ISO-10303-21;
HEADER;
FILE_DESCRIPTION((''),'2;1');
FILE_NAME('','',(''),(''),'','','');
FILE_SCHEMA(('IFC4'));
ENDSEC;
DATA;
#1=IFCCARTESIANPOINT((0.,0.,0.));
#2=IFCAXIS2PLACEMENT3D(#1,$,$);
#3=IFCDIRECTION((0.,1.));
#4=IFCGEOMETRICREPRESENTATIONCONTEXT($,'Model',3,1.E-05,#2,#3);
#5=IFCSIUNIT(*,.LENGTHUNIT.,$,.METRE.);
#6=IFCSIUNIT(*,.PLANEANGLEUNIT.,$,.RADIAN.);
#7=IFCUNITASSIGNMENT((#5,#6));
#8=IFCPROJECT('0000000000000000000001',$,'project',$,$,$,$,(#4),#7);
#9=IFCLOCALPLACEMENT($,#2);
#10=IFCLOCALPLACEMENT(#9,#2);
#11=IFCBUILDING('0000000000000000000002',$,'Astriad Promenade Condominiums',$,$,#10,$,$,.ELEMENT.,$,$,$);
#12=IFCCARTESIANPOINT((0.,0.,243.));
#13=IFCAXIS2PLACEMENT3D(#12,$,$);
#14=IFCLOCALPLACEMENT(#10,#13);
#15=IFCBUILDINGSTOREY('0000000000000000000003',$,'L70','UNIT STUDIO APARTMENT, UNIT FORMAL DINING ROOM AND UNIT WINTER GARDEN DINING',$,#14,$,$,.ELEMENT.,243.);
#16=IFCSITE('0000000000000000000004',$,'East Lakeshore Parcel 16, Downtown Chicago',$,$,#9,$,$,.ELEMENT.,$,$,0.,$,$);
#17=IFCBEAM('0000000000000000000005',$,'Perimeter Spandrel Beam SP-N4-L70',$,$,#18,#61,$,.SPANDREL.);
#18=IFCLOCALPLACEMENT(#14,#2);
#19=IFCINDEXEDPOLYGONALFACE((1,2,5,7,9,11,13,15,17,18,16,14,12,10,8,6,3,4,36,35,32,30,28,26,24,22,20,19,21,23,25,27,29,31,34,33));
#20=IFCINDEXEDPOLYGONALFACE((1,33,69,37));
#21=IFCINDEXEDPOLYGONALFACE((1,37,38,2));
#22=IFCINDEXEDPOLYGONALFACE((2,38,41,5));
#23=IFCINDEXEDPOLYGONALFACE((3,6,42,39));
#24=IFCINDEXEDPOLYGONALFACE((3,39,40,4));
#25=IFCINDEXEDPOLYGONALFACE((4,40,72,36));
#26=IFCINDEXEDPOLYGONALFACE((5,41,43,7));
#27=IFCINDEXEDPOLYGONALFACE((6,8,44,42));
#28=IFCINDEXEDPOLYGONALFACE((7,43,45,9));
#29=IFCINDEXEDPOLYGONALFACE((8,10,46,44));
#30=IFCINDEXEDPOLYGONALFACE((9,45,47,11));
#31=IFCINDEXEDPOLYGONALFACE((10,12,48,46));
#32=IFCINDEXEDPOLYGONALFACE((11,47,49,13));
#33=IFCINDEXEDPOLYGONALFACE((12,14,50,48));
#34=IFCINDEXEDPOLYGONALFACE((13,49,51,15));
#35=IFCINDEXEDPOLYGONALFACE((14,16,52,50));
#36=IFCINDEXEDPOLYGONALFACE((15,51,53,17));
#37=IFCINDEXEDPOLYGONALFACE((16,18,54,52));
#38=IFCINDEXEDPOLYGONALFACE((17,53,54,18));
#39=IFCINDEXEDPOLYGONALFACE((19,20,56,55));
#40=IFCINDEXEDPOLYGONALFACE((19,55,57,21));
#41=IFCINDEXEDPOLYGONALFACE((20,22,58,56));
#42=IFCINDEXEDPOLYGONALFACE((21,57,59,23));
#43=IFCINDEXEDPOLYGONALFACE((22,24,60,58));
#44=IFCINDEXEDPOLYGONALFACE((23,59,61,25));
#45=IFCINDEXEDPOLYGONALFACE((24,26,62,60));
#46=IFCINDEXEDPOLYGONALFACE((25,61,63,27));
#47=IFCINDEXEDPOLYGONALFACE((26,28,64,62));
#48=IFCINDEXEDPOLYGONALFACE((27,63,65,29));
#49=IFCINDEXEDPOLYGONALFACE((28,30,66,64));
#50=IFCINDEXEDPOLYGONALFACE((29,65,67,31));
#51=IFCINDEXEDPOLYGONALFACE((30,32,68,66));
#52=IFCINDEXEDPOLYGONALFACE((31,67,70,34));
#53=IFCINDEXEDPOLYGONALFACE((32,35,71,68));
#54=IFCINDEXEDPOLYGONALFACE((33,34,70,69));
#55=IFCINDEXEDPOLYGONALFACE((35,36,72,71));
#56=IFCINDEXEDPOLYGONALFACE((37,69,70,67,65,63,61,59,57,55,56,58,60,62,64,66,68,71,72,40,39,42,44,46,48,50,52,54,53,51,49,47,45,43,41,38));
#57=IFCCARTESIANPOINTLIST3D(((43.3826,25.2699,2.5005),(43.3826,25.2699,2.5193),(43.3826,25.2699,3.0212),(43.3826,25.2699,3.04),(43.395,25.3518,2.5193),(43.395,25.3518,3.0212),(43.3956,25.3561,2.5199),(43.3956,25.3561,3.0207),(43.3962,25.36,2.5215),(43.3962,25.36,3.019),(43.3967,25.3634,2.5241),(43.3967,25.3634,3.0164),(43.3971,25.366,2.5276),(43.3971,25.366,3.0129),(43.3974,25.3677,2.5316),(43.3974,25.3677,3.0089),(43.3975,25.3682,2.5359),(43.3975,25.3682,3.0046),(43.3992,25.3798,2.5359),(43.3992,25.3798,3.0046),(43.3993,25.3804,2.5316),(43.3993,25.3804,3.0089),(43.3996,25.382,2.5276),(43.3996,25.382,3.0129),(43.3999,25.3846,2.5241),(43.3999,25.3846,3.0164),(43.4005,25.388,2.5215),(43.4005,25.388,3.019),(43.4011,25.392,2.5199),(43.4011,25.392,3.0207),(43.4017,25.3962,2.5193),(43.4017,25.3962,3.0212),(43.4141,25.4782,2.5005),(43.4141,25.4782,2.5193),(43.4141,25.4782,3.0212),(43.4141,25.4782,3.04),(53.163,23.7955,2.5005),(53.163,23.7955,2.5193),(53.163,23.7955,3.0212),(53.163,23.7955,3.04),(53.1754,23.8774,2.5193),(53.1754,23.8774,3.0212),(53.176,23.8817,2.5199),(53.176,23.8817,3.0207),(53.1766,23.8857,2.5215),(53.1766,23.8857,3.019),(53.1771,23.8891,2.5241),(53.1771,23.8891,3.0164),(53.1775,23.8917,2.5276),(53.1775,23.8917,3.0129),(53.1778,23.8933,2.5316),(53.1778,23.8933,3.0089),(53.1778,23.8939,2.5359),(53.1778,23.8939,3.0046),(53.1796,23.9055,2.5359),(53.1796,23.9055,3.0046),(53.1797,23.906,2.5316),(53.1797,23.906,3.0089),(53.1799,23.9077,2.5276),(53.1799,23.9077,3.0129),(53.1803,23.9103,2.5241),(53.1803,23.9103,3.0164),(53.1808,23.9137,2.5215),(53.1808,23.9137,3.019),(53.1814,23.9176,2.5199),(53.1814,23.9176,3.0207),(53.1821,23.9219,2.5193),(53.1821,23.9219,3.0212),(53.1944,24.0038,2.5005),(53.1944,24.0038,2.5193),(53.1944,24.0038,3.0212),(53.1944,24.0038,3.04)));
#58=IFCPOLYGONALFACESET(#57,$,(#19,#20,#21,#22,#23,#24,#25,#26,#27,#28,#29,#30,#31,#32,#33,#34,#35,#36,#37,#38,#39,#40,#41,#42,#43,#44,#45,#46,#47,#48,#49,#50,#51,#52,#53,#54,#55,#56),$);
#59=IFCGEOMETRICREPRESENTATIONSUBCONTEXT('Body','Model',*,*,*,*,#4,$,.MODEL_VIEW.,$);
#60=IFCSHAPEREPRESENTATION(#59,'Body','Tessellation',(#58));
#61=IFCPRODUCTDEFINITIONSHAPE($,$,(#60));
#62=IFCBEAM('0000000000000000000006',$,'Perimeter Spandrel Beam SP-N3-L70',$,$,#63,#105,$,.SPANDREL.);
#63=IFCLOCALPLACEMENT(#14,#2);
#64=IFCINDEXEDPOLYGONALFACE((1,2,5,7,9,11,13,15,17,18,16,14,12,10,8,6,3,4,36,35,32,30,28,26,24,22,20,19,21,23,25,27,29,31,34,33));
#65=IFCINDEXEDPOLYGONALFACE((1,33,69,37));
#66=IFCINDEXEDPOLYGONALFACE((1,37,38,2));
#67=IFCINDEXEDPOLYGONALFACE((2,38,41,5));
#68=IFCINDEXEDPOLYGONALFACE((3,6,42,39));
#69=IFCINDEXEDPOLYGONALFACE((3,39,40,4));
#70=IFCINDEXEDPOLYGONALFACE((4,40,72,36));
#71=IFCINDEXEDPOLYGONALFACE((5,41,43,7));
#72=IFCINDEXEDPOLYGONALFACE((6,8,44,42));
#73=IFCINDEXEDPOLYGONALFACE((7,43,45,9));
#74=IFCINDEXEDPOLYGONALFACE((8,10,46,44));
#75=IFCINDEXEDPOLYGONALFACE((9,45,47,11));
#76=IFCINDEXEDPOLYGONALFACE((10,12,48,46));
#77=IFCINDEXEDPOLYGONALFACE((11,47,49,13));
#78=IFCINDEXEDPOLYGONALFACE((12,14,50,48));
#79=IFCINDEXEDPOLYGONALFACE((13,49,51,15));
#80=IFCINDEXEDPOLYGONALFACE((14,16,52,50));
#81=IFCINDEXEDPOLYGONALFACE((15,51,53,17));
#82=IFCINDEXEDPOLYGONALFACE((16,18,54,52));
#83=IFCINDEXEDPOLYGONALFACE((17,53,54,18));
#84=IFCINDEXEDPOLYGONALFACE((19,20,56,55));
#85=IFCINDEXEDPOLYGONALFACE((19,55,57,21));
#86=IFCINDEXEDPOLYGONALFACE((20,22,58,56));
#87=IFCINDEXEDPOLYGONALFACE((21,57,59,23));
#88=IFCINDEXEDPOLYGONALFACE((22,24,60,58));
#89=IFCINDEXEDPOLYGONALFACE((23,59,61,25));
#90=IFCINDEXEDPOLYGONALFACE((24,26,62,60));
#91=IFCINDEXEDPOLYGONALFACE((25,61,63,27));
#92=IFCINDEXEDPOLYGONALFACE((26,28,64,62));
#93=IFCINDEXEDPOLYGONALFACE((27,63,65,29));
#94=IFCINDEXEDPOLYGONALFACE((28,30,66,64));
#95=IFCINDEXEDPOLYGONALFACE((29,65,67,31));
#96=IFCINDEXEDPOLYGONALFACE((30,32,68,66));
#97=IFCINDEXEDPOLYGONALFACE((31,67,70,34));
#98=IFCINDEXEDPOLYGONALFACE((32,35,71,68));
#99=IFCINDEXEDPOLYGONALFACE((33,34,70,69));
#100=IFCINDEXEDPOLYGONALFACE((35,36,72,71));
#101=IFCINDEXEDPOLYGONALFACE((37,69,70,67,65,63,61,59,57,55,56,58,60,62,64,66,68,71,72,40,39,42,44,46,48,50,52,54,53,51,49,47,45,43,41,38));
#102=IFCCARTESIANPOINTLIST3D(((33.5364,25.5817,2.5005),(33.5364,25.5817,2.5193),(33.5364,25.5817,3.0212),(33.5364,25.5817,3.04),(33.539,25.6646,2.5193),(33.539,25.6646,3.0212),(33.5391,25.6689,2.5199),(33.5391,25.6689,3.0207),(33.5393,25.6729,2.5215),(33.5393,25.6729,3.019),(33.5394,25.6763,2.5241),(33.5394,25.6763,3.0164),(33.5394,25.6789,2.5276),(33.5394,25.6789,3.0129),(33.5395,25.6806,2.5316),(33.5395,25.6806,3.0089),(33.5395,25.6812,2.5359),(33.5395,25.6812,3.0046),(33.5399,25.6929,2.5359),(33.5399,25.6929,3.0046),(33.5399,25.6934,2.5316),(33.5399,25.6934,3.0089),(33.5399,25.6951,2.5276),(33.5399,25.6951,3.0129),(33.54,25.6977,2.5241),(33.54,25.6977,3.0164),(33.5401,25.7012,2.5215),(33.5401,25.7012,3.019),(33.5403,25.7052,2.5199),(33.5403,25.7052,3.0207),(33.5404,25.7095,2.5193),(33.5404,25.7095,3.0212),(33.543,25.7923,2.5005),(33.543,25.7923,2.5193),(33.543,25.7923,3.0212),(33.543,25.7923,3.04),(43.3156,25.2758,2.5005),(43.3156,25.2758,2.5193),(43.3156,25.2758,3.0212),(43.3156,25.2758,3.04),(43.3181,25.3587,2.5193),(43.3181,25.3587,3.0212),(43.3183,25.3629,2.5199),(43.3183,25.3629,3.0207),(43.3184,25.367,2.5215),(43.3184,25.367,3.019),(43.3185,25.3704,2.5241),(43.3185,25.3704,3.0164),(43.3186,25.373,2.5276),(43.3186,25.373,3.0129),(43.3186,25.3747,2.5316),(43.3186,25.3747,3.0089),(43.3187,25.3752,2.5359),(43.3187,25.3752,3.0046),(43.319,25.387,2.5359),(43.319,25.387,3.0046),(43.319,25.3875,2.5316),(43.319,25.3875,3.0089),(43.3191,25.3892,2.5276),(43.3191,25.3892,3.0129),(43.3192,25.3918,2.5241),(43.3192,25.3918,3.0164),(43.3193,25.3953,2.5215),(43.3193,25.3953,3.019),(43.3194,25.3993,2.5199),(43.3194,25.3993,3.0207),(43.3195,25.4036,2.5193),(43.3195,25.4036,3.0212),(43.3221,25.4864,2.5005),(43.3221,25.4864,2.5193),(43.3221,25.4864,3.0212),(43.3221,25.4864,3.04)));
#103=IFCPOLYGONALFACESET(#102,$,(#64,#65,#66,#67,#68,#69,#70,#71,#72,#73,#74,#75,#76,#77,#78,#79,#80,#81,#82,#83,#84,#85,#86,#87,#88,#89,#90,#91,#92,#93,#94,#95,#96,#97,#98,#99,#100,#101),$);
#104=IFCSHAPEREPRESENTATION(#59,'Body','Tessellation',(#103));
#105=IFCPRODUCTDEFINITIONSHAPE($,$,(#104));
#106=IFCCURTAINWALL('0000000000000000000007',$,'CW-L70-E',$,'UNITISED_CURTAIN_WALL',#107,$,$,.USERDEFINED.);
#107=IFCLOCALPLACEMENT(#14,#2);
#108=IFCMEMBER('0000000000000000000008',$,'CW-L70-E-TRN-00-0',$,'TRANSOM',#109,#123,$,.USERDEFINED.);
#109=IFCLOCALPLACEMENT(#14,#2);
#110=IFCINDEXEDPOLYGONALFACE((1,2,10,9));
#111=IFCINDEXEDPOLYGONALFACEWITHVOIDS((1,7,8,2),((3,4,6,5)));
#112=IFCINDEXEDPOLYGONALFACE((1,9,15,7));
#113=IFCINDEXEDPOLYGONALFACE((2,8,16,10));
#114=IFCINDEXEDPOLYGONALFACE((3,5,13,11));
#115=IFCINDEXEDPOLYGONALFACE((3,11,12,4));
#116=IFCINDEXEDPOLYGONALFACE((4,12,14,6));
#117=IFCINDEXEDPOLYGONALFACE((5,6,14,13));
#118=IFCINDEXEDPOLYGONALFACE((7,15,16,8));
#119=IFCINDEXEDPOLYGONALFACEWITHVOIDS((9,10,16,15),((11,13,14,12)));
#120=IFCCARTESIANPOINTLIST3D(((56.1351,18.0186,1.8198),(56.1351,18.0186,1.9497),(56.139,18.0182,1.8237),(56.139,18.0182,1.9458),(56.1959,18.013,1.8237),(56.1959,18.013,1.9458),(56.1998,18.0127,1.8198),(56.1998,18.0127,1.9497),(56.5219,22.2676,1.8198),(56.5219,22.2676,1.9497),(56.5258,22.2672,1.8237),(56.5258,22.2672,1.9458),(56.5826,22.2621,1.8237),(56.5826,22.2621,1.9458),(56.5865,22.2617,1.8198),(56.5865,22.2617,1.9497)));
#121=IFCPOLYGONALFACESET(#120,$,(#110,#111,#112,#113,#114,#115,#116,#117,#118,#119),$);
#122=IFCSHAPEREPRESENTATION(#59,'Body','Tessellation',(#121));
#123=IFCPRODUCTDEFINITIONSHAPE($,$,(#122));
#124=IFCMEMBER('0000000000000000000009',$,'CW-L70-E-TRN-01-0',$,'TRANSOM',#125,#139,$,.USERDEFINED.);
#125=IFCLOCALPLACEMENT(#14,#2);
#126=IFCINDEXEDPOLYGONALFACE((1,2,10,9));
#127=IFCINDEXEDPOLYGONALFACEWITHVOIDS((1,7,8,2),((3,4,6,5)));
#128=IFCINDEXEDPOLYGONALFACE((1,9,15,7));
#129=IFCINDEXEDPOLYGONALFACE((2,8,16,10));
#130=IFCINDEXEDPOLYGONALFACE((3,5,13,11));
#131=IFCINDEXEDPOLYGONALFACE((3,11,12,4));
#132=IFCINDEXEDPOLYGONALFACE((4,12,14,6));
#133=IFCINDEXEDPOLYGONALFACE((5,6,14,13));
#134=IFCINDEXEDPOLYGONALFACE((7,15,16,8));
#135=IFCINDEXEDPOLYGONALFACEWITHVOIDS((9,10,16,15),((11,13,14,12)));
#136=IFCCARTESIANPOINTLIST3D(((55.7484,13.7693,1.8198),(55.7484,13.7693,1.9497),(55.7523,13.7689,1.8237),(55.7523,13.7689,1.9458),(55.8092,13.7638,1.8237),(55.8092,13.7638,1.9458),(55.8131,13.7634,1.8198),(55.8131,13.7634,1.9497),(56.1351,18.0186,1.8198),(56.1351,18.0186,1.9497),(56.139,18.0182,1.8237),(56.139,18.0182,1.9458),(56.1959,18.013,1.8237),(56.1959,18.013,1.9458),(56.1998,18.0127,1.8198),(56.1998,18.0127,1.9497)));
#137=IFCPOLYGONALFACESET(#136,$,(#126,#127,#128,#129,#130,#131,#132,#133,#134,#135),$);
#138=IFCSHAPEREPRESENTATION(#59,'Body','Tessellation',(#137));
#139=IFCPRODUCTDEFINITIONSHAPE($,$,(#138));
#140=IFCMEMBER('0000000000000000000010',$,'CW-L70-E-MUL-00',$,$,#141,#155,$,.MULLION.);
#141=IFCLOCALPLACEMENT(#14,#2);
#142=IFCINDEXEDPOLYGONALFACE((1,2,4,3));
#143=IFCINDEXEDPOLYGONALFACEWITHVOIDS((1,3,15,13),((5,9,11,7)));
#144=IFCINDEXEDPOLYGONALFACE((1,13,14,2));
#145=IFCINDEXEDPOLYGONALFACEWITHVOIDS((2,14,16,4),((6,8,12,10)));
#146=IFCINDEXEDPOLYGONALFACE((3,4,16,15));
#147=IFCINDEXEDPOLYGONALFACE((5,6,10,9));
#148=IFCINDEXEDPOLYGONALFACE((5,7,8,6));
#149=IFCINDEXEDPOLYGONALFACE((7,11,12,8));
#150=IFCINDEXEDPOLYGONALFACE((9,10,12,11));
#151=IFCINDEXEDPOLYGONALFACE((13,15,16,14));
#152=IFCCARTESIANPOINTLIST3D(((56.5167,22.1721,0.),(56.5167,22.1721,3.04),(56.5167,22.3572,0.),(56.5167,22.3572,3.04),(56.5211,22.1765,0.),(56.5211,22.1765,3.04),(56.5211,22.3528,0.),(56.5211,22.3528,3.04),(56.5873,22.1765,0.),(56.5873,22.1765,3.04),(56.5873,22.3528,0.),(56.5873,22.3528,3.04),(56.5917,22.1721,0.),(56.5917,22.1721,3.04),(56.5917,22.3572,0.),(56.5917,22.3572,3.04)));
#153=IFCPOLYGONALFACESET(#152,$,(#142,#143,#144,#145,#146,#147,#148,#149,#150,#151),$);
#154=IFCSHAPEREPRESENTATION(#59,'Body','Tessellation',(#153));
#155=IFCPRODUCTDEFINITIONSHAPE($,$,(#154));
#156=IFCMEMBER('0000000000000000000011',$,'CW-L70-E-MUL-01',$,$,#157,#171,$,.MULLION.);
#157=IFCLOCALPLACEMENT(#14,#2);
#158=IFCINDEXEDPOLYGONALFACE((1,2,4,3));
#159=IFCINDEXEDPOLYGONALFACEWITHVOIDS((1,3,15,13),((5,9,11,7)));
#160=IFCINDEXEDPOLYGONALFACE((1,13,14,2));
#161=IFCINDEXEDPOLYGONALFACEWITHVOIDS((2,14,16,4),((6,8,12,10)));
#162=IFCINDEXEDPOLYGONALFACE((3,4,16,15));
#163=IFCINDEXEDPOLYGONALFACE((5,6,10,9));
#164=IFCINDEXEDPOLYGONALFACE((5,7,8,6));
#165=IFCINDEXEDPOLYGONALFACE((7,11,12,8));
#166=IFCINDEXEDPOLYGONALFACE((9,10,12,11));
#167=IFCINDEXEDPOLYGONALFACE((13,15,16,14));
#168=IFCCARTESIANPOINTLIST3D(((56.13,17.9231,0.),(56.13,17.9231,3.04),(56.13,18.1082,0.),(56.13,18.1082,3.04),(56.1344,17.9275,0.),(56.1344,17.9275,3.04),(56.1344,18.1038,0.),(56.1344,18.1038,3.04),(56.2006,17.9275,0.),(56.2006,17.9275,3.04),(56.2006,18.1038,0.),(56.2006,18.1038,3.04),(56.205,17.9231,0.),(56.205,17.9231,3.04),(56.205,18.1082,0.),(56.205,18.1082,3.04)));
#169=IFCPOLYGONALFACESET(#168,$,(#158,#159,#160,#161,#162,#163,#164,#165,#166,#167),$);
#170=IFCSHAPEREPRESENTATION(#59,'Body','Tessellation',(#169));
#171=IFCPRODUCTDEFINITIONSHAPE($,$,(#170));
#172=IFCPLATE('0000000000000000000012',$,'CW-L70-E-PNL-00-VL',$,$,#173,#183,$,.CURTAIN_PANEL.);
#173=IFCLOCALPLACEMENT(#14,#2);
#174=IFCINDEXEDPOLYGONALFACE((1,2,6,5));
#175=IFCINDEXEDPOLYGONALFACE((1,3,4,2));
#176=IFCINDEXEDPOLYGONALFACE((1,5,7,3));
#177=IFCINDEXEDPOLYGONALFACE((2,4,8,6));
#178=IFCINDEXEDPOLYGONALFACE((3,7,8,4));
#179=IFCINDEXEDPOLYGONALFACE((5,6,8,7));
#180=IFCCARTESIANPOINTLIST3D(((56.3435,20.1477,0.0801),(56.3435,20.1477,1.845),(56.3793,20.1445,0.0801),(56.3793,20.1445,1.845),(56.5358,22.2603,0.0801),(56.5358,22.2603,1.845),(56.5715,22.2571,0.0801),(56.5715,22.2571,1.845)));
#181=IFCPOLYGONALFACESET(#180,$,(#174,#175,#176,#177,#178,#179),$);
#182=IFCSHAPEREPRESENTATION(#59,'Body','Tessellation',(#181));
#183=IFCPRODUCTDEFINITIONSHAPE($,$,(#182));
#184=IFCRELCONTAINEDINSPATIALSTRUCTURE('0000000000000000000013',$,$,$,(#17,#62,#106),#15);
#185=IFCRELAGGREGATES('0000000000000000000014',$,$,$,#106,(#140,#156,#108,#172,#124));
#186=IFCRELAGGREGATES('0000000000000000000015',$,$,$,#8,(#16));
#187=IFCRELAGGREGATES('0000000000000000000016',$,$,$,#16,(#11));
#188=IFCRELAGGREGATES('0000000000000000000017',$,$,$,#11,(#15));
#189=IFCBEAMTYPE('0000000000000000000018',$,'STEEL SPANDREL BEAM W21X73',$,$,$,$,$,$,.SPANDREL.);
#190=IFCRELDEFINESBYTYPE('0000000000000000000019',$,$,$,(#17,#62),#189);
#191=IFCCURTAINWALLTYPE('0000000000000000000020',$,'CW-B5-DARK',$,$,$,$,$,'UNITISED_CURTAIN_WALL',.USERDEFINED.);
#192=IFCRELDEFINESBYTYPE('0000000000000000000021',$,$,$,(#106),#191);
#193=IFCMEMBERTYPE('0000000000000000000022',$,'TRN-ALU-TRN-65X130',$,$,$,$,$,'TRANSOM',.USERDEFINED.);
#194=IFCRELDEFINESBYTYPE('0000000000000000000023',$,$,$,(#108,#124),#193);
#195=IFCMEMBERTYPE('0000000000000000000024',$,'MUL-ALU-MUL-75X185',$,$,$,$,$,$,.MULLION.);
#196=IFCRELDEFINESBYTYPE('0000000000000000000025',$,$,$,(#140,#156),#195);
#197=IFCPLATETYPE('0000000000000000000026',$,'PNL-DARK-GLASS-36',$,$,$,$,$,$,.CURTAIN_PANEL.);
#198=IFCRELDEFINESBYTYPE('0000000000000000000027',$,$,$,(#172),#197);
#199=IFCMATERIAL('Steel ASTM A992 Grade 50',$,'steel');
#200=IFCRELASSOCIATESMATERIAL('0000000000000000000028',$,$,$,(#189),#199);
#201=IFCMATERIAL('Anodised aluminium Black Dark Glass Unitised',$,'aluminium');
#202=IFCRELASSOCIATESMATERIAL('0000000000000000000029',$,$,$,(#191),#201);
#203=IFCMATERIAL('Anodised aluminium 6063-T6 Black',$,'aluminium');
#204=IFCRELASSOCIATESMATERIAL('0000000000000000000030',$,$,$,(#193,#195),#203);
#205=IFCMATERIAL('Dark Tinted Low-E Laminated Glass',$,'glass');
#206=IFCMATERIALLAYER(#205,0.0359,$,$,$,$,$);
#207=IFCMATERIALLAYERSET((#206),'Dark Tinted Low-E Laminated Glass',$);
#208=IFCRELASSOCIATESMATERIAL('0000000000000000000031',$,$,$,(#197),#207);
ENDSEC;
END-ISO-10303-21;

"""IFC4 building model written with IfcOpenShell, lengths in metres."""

from ifc_helpers import new_model, si_unit, direction, frame, origin, origin_2d, place, context, subcontext, project, spatial, rectangle, hollow_rectangle, i_section, extrude, source, transform, mapped, material, layer, layer_set, material_profile, profile_set, type_object, type_shapes, element, aggregate, save


model = new_model("IFC4")

# Units and contexts
model_context = context("Model", 3, precision=1e-05, world=origin(), true_north=direction((0.0, 1.0)))
body_context = subcontext(model_context, "Body", "Model", "MODEL_VIEW")
ifc_project = project(units=[si_unit("LENGTHUNIT", "METRE"), si_unit("PLANEANGLEUNIT", "RADIAN")], contexts=[model_context])

# Site, building, storey
site_placement = place(None, origin())
site = spatial("IfcSite", under=ifc_project, at=site_placement, Name="East Lakeshore Parcel 16, Downtown Chicago", CompositionType="ELEMENT", RefElevation=0.0)
building_placement = place(site_placement, origin())
building = spatial("IfcBuilding", under=site, at=building_placement, Name="Astriad Promenade Condominiums", CompositionType="ELEMENT")
storey_placement = place(building_placement, frame((0.0, 0.0, 243.0)))
storey = spatial("IfcBuildingStorey", under=building, at=storey_placement, Name="L70", Description="UNIT STUDIO APARTMENT, UNIT FORMAL DINING ROOM AND UNIT WINTER GARDEN DINING", CompositionType="ELEMENT", Elevation=243.0)

# Shared definitions
ifc_material_1 = material(Name="Steel ASTM A992 Grade 50", Category="steel")

# Beams
ifc_material_profile_1 = material_profile(ifc_material_1, i_section(OverallWidth=0.2107, OverallDepth=0.5396, WebThickness=0.0117, FlangeThickness=0.0188, FilletRadius=0.0166, at=origin_2d()), Name="W21X73")
ifc_profile_set_1 = profile_set([ifc_material_profile_1], Name="Steel ASTM A992 Grade 50")
beam_type_1 = type_object("IfcBeamType", Name="STEEL SPANDREL BEAM W21X73", PredefinedType="SPANDREL", material=ifc_profile_set_1)
shared_shape_1 = source(origin(), body_context, "Body", "SweptSolid", [
    extrude(i_section(OverallWidth=0.2107, OverallDepth=0.5396, WebThickness=0.0117, FlangeThickness=0.0188, FilletRadius=0.0166, at=origin_2d()), origin(), (0.0, 0.0, 1.0), 9.8909),
])
beam_1_placement = place(storey_placement, frame((53.1787, 23.8997, 2.7703), z_axis=(-0.988827, 0.149065, 0.0), x_axis=(-0.149065, -0.988827, 0.0)))
element("IfcBeam", 1, at=beam_1_placement, inside=storey, type_object=beam_type_1, Name="Perimeter Spandrel Beam SP-N4-L70", PredefinedType="SPANDREL", context=body_context, shape_type="MappedRepresentation", body=[
    mapped(shared_shape_1, transform((0.0, 0.0, 0.0), scale=1.0)),
])
shared_shape_2 = source(origin(), body_context, "Body", "SweptSolid", [
    extrude(i_section(OverallWidth=0.2107, OverallDepth=0.5396, WebThickness=0.0117, FlangeThickness=0.0188, FilletRadius=0.0166, at=origin_2d()), origin(), (0.0, 0.0, 1.0), 9.7839),
])
type_shapes(beam_type_1, [shared_shape_1, shared_shape_2])
beam_2_placement = place(storey_placement, frame((43.3188, 25.3811, 2.7703), z_axis=(-0.999511, 0.031267, 0.0), x_axis=(-0.031267, -0.999511, 0.0)))
element("IfcBeam", 2, at=beam_2_placement, inside=storey, type_object=beam_type_1, Name="Perimeter Spandrel Beam SP-N3-L70", PredefinedType="SPANDREL", context=body_context, shape_type="MappedRepresentation", body=[
    mapped(shared_shape_2, transform((0.0, 0.0, 0.0), scale=1.0)),
])

# Curtain wall, members, plate
ifc_material_2 = material(Name="Anodised aluminium Black Dark Glass Unitised", Category="aluminium")
curtain_wall_type = type_object("IfcCurtainWallType", Name="CW-B5-DARK", ElementType="UNITISED_CURTAIN_WALL", PredefinedType="USERDEFINED", material=ifc_material_2)
curtain_wall_placement = place(storey_placement, origin())
curtain_wall = element("IfcCurtainWall", 3, at=curtain_wall_placement, inside=storey, type_object=curtain_wall_type, Name="CW-L70-E", ObjectType="UNITISED_CURTAIN_WALL", PredefinedType="USERDEFINED")
ifc_material_3 = material(Name="Anodised aluminium 6063-T6 Black", Category="aluminium")
ifc_material_profile_2 = material_profile(ifc_material_3, hollow_rectangle(XDim=0.0649, YDim=0.1299, WallThickness=0.0039, at=origin_2d()), Name="ALU-TRN-65X130")
ifc_profile_set_2 = profile_set([ifc_material_profile_2], Name="Anodised aluminium 6063-T6 Black")
member_type_1 = type_object("IfcMemberType", Name="TRN-ALU-TRN-65X130", ElementType="TRANSOM", PredefinedType="USERDEFINED", material=ifc_profile_set_2)
shared_shape_3 = source(origin(), body_context, "Body", "SweptSolid", [
    extrude(hollow_rectangle(XDim=0.0649, YDim=0.1299, WallThickness=0.0039, at=origin_2d()), origin(), (0.0, 0.0, 1.0), 4.2666),
])
member_1_placement = place(storey_placement, frame((56.5542, 22.2646, 1.8848), z_axis=(-0.090639, -0.995884, 0.0), x_axis=(0.995884, -0.090639, 0.0)))
member_1 = element("IfcMember", 4, at=member_1_placement, type_object=member_type_1, Name="CW-L70-E-TRN-00-0", ObjectType="TRANSOM", PredefinedType="USERDEFINED", context=body_context, shape_type="MappedRepresentation", body=[
    mapped(shared_shape_3, transform((0.0, 0.0, 0.0), scale=1.0)),
])
shared_shape_4 = source(origin(), body_context, "Body", "SweptSolid", [
    extrude(hollow_rectangle(XDim=0.0649, YDim=0.1299, WallThickness=0.0039, at=origin_2d()), origin(), (0.0, 0.0, 1.0), 4.2668),
])
type_shapes(member_type_1, [shared_shape_3, shared_shape_4])
member_2_placement = place(storey_placement, frame((56.1675, 18.0156, 1.8848), z_axis=(-0.090634, -0.995884, 0.0), x_axis=(0.995884, -0.090634, 0.0)))
member_2 = element("IfcMember", 5, at=member_2_placement, type_object=member_type_1, Name="CW-L70-E-TRN-01-0", ObjectType="TRANSOM", PredefinedType="USERDEFINED", context=body_context, shape_type="MappedRepresentation", body=[
    mapped(shared_shape_4, transform((0.0, 0.0, 0.0), scale=1.0)),
])
ifc_material_profile_3 = material_profile(ifc_material_3, hollow_rectangle(XDim=0.075, YDim=0.1851, WallThickness=0.0044, at=origin_2d()), Name="ALU-MUL-75X185")
ifc_profile_set_3 = profile_set([ifc_material_profile_3], Name="Anodised aluminium 6063-T6 Black")
member_type_2 = type_object("IfcMemberType", Name="MUL-ALU-MUL-75X185", PredefinedType="MULLION", material=ifc_profile_set_3)
shared_shape_5 = source(origin(), body_context, "Body", "SweptSolid", [
    extrude(hollow_rectangle(XDim=0.075, YDim=0.1851, WallThickness=0.0044, at=origin_2d()), origin(), (0.0, 0.0, 1.0), 3.04),
])
type_shapes(member_type_2, [shared_shape_5])
member_3_placement = place(storey_placement, frame((56.5542, 22.2646, 0.0), z_axis=(0.0, 0.0, 1.0), x_axis=(1.0, 0.0, 0.0)))
member_3 = element("IfcMember", 6, at=member_3_placement, type_object=member_type_2, Name="CW-L70-E-MUL-00", PredefinedType="MULLION", context=body_context, shape_type="MappedRepresentation", body=[
    mapped(shared_shape_5, transform((0.0, 0.0, 0.0), scale=1.0)),
])
member_4_placement = place(storey_placement, frame((56.1675, 18.0156, 0.0), z_axis=(0.0, 0.0, 1.0), x_axis=(1.0, 0.0, 0.0)))
member_4 = element("IfcMember", 7, at=member_4_placement, type_object=member_type_2, Name="CW-L70-E-MUL-01", PredefinedType="MULLION", context=body_context, shape_type="MappedRepresentation", body=[
    mapped(shared_shape_5, transform((0.0, 0.0, 0.0), scale=1.0)),
])
ifc_material_4 = material(Name="Dark Tinted Low-E Laminated Glass", Category="glass")
ifc_layer_1 = layer(ifc_material_4, 0.0359)
ifc_layer_set_1 = layer_set([ifc_layer_1], Name="Dark Tinted Low-E Laminated Glass")
plate_type = type_object("IfcPlateType", Name="PNL-DARK-GLASS-36", PredefinedType="CURTAIN_PANEL", material=ifc_layer_set_1)
shared_shape_6 = source(origin(), body_context, "Body", "SweptSolid", [
    extrude(rectangle(XDim=2.1213, YDim=0.0359, at=origin_2d()), origin(), (0.0, 0.0, 1.0), 1.7649),
])
plate_1_placement = place(storey_placement, frame((56.4575, 21.2024, 0.0801), z_axis=(0.0, 0.0, 1.0), x_axis=(-0.090633, -0.995884, 0.0)))
plate_1 = element("IfcPlate", 8, at=plate_1_placement, type_object=plate_type, Name="CW-L70-E-PNL-00-VL", PredefinedType="CURTAIN_PANEL", context=body_context, shape_type="MappedRepresentation", body=[
    mapped(shared_shape_6, transform((0.0, 0.0, 0.0), scale=1.0)),
])
aggregate(curtain_wall, [member_3, member_4, member_1, plate_1, member_2])

save(model, "model.ifc")
